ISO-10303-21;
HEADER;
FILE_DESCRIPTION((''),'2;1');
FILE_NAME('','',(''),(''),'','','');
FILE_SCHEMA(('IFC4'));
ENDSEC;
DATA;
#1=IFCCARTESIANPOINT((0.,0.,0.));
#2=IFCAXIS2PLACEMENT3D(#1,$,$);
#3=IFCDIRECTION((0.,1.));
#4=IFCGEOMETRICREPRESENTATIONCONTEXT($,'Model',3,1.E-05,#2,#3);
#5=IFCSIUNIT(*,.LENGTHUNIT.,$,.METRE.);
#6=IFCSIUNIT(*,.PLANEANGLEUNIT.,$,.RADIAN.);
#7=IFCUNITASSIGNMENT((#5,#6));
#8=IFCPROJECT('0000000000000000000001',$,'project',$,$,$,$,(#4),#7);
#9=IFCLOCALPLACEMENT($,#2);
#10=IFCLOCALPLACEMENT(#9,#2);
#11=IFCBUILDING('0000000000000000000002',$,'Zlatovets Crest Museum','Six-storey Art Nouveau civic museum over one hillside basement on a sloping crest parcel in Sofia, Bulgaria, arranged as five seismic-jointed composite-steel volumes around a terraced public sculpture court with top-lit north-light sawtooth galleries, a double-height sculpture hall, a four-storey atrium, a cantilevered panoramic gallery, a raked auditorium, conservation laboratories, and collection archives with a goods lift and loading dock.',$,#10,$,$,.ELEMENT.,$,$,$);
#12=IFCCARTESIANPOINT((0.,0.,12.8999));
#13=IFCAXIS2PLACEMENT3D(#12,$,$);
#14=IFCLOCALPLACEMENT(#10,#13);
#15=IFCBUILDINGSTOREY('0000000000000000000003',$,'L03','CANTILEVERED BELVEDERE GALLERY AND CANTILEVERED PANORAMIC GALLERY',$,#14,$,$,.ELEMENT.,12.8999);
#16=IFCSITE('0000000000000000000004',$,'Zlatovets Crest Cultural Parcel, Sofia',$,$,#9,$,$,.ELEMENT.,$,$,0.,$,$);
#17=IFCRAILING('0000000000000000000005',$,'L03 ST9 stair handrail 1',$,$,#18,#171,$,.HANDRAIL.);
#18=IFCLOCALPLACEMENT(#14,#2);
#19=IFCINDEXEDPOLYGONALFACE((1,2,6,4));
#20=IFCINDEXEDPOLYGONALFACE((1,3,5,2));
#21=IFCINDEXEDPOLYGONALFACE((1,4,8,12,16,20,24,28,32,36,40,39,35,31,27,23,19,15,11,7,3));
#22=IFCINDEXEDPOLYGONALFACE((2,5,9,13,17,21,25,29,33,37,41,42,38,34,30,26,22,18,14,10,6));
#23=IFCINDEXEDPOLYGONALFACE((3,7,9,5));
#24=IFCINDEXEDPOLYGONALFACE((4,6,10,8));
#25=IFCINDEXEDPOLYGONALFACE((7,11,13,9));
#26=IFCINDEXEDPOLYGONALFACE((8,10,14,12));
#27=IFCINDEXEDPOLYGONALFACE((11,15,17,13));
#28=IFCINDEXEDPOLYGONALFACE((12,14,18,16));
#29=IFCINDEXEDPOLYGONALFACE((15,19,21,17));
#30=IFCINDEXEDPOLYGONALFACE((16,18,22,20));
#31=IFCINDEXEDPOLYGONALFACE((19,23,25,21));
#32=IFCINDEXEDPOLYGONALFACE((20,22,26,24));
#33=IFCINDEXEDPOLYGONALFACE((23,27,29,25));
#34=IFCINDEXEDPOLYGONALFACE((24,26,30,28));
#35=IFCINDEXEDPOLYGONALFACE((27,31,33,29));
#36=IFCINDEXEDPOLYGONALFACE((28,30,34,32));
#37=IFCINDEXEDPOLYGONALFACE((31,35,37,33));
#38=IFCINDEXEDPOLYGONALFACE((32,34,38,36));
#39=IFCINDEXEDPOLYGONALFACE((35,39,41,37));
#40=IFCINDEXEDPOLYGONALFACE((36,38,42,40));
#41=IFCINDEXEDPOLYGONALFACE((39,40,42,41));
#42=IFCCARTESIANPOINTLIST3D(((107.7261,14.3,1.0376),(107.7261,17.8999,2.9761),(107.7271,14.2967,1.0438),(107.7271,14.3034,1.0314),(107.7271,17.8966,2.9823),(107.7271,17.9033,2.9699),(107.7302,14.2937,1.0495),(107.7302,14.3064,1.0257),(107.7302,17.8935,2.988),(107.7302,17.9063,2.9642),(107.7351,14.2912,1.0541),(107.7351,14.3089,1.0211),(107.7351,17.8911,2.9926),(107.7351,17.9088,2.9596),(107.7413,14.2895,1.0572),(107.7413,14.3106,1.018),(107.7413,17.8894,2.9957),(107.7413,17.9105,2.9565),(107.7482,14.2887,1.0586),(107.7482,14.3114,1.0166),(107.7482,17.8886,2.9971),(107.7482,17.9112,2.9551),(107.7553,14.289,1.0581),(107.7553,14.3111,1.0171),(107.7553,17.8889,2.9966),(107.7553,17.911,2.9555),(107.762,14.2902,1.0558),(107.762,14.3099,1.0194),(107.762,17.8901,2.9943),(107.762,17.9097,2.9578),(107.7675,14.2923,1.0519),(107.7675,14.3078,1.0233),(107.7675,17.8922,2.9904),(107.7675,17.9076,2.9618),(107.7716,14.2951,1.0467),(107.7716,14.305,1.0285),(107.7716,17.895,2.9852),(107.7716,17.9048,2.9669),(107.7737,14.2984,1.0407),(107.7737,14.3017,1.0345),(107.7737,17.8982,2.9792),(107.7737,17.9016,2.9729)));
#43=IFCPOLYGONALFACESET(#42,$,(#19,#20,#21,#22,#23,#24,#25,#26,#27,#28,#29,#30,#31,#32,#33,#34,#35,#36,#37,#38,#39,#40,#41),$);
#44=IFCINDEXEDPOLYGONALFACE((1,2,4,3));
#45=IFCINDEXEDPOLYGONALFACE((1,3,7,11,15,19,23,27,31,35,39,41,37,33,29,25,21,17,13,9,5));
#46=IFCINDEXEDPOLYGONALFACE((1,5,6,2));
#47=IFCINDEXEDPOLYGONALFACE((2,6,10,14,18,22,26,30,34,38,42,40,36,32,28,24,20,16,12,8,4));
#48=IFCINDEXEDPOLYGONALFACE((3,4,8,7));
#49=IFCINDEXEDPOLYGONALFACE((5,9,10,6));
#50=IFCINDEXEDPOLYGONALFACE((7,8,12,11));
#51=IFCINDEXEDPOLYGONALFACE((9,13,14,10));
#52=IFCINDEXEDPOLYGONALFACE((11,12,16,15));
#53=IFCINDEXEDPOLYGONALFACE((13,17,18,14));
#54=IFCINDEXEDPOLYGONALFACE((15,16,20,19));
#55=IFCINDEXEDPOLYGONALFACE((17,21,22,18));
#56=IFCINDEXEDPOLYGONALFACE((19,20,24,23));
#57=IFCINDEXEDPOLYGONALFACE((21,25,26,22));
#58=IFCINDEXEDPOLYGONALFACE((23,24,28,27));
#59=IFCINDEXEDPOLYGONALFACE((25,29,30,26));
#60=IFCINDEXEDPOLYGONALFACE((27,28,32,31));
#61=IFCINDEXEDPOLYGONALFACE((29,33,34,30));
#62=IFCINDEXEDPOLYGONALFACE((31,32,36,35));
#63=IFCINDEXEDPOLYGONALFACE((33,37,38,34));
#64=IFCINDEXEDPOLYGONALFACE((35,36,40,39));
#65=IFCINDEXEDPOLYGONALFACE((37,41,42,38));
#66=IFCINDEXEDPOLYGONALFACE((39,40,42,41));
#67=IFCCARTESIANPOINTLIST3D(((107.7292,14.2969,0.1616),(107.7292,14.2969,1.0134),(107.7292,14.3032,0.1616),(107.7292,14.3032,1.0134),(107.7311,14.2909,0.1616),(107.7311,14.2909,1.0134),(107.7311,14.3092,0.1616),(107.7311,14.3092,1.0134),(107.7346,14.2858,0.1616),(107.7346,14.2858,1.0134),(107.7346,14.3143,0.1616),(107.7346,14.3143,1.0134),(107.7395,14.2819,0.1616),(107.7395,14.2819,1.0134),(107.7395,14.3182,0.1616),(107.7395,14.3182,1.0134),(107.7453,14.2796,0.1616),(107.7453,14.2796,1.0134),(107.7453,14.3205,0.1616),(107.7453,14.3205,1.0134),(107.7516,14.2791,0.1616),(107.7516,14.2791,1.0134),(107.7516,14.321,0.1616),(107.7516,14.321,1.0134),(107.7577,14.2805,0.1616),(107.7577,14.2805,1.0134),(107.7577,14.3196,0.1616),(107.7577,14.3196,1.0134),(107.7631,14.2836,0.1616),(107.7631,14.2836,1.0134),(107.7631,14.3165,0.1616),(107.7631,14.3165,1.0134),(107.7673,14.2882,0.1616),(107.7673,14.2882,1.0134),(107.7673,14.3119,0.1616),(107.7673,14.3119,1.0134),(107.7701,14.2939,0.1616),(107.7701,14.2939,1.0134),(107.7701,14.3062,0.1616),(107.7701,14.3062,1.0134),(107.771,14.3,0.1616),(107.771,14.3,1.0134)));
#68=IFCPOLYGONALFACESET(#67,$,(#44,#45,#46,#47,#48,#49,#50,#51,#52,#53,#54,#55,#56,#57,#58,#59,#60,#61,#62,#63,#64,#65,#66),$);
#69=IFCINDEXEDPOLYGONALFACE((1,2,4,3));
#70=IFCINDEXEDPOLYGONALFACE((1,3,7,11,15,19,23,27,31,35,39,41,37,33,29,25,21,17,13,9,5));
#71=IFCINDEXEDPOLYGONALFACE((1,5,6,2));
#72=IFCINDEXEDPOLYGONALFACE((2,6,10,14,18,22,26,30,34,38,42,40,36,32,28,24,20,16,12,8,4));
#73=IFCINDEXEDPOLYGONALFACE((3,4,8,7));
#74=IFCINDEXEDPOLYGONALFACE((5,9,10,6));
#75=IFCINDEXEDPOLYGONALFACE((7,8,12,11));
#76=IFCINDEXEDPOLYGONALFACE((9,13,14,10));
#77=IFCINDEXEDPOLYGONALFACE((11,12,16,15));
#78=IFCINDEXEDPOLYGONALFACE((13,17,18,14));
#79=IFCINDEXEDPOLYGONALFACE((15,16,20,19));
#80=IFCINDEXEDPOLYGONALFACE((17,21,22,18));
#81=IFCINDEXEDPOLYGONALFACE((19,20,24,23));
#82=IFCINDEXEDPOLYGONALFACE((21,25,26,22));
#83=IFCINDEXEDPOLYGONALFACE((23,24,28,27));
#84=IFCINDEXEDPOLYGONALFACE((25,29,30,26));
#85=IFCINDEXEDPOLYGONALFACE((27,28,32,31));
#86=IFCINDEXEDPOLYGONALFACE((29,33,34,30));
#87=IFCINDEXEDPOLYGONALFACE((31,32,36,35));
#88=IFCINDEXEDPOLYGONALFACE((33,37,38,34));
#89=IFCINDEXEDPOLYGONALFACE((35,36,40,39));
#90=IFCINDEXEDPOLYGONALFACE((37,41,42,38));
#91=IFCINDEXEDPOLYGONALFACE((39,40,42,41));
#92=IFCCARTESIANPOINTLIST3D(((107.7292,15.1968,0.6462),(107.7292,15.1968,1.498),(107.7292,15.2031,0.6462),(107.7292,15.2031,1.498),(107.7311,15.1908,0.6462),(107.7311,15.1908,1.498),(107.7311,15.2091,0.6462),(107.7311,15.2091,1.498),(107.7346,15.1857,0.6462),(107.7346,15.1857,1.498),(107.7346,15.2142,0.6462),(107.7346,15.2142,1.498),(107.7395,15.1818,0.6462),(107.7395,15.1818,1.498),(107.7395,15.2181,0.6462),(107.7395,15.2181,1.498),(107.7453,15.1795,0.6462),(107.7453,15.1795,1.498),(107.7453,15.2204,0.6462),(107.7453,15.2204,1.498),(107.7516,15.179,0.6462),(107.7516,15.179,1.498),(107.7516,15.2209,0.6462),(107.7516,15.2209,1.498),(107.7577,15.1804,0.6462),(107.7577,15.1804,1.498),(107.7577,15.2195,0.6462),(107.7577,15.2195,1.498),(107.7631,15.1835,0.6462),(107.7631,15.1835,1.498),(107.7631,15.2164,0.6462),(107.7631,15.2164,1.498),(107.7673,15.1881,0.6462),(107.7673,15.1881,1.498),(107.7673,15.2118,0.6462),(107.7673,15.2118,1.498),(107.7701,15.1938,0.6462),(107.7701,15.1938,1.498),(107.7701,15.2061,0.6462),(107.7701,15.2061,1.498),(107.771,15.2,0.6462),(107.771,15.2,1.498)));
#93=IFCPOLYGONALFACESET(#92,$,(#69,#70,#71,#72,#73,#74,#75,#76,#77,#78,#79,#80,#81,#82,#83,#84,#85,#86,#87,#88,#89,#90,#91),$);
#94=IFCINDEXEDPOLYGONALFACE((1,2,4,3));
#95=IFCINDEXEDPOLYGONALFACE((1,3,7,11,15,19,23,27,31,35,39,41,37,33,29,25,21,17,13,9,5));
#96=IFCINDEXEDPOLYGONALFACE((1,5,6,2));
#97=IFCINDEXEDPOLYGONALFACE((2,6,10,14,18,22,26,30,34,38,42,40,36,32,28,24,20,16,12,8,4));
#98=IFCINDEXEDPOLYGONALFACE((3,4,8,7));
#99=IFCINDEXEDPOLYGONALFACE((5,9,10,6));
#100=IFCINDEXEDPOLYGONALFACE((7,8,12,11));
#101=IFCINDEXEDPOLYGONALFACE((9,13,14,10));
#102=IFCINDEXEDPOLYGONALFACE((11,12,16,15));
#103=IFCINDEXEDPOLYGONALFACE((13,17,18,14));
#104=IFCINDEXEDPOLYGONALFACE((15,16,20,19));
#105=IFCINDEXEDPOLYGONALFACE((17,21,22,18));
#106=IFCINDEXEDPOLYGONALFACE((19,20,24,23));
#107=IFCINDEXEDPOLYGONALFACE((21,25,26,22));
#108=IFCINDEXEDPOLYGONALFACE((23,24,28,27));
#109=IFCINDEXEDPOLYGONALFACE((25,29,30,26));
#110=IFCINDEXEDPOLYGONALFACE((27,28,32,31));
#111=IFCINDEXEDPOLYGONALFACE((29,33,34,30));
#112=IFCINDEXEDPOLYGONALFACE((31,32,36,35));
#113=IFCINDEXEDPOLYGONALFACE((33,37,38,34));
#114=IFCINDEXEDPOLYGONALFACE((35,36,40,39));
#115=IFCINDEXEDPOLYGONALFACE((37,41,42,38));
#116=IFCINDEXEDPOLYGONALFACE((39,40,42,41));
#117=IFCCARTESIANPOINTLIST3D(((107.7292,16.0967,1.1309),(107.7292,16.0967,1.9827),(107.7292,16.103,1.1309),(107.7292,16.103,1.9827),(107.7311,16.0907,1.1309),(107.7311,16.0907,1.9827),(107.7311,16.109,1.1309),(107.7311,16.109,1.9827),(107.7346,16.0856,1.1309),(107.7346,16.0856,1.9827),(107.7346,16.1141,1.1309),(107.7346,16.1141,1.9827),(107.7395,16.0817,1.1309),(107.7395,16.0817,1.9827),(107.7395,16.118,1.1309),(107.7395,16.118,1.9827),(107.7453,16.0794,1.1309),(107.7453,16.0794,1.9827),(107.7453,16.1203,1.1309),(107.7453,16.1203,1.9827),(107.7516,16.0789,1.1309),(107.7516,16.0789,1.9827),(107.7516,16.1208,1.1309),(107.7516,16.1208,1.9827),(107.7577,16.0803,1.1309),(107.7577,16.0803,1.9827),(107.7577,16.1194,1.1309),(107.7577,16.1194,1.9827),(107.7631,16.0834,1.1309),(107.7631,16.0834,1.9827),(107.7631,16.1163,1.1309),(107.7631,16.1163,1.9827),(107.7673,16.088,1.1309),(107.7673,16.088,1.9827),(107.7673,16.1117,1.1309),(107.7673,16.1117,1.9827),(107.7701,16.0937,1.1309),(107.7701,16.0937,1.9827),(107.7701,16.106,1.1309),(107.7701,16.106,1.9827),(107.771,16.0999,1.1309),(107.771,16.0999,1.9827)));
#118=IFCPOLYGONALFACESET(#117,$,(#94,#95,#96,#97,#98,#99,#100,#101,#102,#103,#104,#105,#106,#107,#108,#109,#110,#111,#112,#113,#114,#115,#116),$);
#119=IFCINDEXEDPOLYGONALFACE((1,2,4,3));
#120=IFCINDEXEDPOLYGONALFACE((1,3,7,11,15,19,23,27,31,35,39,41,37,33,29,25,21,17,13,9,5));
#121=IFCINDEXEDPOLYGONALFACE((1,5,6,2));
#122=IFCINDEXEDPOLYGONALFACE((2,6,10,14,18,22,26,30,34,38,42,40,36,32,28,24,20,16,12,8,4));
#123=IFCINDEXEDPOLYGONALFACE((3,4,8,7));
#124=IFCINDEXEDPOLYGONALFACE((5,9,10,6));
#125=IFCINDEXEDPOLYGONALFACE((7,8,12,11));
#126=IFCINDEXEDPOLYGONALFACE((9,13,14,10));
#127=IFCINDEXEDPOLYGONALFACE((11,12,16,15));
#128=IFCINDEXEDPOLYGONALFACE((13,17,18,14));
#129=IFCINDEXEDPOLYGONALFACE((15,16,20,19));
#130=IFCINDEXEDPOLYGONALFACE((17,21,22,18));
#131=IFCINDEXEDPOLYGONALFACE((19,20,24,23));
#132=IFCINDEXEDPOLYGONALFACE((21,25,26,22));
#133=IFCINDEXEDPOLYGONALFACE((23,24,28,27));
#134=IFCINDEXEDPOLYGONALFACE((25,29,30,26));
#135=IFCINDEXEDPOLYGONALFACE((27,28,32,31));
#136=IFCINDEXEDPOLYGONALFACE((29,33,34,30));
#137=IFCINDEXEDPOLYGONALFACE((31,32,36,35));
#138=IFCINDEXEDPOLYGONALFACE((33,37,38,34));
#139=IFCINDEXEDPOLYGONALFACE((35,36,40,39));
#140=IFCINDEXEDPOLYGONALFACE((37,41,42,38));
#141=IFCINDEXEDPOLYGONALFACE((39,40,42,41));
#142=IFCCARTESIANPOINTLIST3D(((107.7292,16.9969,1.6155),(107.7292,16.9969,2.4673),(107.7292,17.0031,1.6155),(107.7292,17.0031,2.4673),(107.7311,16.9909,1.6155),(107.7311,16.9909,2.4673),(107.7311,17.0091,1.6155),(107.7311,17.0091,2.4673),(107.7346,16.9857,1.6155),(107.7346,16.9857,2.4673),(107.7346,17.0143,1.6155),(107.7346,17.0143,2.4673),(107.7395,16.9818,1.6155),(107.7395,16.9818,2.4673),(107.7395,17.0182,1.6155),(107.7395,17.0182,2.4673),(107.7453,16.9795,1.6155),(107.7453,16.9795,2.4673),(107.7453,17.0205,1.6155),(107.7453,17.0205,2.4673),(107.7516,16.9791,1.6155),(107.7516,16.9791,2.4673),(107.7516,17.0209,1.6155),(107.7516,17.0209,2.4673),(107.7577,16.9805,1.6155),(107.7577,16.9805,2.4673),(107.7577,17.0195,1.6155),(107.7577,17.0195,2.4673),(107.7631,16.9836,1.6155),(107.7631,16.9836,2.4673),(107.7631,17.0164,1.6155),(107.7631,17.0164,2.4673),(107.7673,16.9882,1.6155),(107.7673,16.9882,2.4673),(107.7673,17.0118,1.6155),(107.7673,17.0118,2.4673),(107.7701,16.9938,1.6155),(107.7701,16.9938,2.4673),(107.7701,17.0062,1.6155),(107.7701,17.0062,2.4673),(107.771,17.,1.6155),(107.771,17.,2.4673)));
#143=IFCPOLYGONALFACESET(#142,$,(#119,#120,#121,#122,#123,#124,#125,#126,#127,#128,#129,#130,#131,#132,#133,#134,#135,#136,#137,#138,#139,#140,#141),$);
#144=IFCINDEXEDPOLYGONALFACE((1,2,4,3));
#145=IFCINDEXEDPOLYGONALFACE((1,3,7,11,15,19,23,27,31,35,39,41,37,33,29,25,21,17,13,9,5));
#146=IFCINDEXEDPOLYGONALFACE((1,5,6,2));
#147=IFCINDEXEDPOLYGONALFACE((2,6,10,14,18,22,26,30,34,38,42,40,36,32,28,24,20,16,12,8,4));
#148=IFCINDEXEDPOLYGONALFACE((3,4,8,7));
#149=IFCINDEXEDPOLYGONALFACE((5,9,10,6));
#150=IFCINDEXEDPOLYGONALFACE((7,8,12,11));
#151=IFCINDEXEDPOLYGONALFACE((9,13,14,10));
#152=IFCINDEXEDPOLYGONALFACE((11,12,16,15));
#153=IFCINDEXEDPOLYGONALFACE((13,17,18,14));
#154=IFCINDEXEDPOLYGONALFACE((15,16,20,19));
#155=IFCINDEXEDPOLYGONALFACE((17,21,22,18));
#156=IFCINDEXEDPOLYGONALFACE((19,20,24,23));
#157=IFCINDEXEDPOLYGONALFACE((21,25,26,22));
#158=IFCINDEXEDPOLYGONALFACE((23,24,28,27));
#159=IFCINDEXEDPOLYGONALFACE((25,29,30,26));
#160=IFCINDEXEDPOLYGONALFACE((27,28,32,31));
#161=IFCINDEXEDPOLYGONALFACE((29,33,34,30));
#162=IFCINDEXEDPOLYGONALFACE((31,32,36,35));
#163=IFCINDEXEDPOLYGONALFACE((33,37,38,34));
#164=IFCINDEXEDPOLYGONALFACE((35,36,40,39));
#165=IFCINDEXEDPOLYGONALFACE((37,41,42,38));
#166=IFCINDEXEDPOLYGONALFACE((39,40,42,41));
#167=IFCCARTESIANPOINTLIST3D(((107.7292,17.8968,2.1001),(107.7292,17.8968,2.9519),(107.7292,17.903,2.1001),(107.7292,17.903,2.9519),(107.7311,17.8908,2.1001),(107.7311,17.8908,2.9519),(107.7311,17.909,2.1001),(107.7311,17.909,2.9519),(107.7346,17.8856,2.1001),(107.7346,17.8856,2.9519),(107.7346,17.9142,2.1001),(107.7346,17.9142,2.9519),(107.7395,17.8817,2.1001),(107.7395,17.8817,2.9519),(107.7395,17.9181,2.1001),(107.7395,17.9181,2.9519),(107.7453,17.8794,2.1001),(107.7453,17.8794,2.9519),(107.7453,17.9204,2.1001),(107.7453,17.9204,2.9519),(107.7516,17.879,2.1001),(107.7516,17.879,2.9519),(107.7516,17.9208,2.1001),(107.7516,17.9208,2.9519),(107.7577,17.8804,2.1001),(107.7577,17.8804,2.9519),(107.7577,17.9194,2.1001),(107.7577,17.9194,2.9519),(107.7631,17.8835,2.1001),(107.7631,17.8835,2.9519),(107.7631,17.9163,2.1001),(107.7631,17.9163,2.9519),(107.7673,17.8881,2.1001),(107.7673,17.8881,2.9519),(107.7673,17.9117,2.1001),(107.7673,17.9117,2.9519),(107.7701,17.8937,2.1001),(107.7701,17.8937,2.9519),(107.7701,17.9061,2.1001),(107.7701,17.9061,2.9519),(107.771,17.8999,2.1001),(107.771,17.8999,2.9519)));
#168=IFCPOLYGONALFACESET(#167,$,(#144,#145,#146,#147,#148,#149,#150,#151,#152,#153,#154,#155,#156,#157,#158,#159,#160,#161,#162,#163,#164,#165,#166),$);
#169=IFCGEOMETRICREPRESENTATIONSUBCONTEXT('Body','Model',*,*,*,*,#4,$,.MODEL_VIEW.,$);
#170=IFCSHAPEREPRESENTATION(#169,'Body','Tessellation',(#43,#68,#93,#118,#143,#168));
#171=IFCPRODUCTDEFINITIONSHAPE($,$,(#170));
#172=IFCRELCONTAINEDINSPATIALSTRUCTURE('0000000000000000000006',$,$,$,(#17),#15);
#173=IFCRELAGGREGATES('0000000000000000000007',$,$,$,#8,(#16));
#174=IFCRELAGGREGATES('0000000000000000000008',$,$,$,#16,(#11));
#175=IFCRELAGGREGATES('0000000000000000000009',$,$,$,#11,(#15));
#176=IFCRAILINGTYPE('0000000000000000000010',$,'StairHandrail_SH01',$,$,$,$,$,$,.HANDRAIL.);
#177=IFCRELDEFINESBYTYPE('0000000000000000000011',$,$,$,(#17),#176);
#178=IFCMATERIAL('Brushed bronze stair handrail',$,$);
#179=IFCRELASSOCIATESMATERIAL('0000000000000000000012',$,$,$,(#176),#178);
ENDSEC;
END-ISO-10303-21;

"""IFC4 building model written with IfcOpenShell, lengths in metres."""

from ifc_helpers import new_model, si_unit, direction, frame, origin, origin_2d, place, context, subcontext, project, spatial, circle, extrude, material, type_object, element, save


model = new_model("IFC4")

# Units and contexts
model_context = context("Model", 3, precision=1e-05, world=origin(), true_north=direction((0.0, 1.0)))
body_context = subcontext(model_context, "Body", "Model", "MODEL_VIEW")
ifc_project = project(units=[si_unit("LENGTHUNIT", "METRE"), si_unit("PLANEANGLEUNIT", "RADIAN")], contexts=[model_context])

# Site, building, storey
site_placement = place(None, origin())
site = spatial("IfcSite", under=ifc_project, at=site_placement, Name="Zlatovets Crest Cultural Parcel, Sofia", CompositionType="ELEMENT", RefElevation=0.0)
building_placement = place(site_placement, origin())
building = spatial("IfcBuilding", under=site, at=building_placement, Name="Zlatovets Crest Museum", Description="Six-storey Art Nouveau civic museum over one hillside basement on a sloping crest parcel in Sofia, Bulgaria, arranged as five seismic-jointed composite-steel volumes around a terraced public sculpture court with top-lit north-light sawtooth galleries, a double-height sculpture hall, a four-storey atrium, a cantilevered panoramic gallery, a raked auditorium, conservation laboratories, and collection archives with a goods lift and loading dock.", CompositionType="ELEMENT")
storey_placement = place(building_placement, frame((0.0, 0.0, 12.8999)))
storey = spatial("IfcBuildingStorey", under=building, at=storey_placement, Name="L03", Description="CANTILEVERED BELVEDERE GALLERY AND CANTILEVERED PANORAMIC GALLERY", CompositionType="ELEMENT", Elevation=12.8999)

# Railing
ifc_material_1 = material(Name="Brushed bronze stair handrail")
railing_type_1 = type_object("IfcRailingType", Name="StairHandrail_SH01", PredefinedType="HANDRAIL", material=ifc_material_1)
railing_1_placement = place(storey_placement, frame((107.75, 14.3, 0.1616)))
element("IfcRailing", 1, at=railing_1_placement, inside=storey, type_object=railing_type_1, Name="L03 ST9 stair handrail 1", PredefinedType="HANDRAIL", context=body_context, shape_type="SweptSolid", body=[
    extrude(circle(Radius=0.0239, at=origin_2d()), frame((0.0, 0.0, 0.876), z_axis=(0.0, 0.880462, 0.474118), x_axis=(-1.0, 0.0, 0.0)), (0.0, 0.0, 1.0), 4.0886),
    extrude(circle(Radius=0.021, at=origin_2d()), origin(), (0.0, 0.0, 1.0), 0.8518),
    extrude(circle(Radius=0.021, at=origin_2d()), frame((0.0, 0.8999, 0.4846)), (0.0, 0.0, 1.0), 0.8518),
    extrude(circle(Radius=0.021, at=origin_2d()), frame((0.0, 1.7998, 0.9692)), (0.0, 0.0, 1.0), 0.8518),
    extrude(circle(Radius=0.021, at=origin_2d()), frame((0.0, 2.7, 1.4539)), (0.0, 0.0, 1.0), 0.8518),
    extrude(circle(Radius=0.021, at=origin_2d()), frame((0.0, 3.5999, 1.9385)), (0.0, 0.0, 1.0), 0.8518),
])

save(model, "model.ifc")
